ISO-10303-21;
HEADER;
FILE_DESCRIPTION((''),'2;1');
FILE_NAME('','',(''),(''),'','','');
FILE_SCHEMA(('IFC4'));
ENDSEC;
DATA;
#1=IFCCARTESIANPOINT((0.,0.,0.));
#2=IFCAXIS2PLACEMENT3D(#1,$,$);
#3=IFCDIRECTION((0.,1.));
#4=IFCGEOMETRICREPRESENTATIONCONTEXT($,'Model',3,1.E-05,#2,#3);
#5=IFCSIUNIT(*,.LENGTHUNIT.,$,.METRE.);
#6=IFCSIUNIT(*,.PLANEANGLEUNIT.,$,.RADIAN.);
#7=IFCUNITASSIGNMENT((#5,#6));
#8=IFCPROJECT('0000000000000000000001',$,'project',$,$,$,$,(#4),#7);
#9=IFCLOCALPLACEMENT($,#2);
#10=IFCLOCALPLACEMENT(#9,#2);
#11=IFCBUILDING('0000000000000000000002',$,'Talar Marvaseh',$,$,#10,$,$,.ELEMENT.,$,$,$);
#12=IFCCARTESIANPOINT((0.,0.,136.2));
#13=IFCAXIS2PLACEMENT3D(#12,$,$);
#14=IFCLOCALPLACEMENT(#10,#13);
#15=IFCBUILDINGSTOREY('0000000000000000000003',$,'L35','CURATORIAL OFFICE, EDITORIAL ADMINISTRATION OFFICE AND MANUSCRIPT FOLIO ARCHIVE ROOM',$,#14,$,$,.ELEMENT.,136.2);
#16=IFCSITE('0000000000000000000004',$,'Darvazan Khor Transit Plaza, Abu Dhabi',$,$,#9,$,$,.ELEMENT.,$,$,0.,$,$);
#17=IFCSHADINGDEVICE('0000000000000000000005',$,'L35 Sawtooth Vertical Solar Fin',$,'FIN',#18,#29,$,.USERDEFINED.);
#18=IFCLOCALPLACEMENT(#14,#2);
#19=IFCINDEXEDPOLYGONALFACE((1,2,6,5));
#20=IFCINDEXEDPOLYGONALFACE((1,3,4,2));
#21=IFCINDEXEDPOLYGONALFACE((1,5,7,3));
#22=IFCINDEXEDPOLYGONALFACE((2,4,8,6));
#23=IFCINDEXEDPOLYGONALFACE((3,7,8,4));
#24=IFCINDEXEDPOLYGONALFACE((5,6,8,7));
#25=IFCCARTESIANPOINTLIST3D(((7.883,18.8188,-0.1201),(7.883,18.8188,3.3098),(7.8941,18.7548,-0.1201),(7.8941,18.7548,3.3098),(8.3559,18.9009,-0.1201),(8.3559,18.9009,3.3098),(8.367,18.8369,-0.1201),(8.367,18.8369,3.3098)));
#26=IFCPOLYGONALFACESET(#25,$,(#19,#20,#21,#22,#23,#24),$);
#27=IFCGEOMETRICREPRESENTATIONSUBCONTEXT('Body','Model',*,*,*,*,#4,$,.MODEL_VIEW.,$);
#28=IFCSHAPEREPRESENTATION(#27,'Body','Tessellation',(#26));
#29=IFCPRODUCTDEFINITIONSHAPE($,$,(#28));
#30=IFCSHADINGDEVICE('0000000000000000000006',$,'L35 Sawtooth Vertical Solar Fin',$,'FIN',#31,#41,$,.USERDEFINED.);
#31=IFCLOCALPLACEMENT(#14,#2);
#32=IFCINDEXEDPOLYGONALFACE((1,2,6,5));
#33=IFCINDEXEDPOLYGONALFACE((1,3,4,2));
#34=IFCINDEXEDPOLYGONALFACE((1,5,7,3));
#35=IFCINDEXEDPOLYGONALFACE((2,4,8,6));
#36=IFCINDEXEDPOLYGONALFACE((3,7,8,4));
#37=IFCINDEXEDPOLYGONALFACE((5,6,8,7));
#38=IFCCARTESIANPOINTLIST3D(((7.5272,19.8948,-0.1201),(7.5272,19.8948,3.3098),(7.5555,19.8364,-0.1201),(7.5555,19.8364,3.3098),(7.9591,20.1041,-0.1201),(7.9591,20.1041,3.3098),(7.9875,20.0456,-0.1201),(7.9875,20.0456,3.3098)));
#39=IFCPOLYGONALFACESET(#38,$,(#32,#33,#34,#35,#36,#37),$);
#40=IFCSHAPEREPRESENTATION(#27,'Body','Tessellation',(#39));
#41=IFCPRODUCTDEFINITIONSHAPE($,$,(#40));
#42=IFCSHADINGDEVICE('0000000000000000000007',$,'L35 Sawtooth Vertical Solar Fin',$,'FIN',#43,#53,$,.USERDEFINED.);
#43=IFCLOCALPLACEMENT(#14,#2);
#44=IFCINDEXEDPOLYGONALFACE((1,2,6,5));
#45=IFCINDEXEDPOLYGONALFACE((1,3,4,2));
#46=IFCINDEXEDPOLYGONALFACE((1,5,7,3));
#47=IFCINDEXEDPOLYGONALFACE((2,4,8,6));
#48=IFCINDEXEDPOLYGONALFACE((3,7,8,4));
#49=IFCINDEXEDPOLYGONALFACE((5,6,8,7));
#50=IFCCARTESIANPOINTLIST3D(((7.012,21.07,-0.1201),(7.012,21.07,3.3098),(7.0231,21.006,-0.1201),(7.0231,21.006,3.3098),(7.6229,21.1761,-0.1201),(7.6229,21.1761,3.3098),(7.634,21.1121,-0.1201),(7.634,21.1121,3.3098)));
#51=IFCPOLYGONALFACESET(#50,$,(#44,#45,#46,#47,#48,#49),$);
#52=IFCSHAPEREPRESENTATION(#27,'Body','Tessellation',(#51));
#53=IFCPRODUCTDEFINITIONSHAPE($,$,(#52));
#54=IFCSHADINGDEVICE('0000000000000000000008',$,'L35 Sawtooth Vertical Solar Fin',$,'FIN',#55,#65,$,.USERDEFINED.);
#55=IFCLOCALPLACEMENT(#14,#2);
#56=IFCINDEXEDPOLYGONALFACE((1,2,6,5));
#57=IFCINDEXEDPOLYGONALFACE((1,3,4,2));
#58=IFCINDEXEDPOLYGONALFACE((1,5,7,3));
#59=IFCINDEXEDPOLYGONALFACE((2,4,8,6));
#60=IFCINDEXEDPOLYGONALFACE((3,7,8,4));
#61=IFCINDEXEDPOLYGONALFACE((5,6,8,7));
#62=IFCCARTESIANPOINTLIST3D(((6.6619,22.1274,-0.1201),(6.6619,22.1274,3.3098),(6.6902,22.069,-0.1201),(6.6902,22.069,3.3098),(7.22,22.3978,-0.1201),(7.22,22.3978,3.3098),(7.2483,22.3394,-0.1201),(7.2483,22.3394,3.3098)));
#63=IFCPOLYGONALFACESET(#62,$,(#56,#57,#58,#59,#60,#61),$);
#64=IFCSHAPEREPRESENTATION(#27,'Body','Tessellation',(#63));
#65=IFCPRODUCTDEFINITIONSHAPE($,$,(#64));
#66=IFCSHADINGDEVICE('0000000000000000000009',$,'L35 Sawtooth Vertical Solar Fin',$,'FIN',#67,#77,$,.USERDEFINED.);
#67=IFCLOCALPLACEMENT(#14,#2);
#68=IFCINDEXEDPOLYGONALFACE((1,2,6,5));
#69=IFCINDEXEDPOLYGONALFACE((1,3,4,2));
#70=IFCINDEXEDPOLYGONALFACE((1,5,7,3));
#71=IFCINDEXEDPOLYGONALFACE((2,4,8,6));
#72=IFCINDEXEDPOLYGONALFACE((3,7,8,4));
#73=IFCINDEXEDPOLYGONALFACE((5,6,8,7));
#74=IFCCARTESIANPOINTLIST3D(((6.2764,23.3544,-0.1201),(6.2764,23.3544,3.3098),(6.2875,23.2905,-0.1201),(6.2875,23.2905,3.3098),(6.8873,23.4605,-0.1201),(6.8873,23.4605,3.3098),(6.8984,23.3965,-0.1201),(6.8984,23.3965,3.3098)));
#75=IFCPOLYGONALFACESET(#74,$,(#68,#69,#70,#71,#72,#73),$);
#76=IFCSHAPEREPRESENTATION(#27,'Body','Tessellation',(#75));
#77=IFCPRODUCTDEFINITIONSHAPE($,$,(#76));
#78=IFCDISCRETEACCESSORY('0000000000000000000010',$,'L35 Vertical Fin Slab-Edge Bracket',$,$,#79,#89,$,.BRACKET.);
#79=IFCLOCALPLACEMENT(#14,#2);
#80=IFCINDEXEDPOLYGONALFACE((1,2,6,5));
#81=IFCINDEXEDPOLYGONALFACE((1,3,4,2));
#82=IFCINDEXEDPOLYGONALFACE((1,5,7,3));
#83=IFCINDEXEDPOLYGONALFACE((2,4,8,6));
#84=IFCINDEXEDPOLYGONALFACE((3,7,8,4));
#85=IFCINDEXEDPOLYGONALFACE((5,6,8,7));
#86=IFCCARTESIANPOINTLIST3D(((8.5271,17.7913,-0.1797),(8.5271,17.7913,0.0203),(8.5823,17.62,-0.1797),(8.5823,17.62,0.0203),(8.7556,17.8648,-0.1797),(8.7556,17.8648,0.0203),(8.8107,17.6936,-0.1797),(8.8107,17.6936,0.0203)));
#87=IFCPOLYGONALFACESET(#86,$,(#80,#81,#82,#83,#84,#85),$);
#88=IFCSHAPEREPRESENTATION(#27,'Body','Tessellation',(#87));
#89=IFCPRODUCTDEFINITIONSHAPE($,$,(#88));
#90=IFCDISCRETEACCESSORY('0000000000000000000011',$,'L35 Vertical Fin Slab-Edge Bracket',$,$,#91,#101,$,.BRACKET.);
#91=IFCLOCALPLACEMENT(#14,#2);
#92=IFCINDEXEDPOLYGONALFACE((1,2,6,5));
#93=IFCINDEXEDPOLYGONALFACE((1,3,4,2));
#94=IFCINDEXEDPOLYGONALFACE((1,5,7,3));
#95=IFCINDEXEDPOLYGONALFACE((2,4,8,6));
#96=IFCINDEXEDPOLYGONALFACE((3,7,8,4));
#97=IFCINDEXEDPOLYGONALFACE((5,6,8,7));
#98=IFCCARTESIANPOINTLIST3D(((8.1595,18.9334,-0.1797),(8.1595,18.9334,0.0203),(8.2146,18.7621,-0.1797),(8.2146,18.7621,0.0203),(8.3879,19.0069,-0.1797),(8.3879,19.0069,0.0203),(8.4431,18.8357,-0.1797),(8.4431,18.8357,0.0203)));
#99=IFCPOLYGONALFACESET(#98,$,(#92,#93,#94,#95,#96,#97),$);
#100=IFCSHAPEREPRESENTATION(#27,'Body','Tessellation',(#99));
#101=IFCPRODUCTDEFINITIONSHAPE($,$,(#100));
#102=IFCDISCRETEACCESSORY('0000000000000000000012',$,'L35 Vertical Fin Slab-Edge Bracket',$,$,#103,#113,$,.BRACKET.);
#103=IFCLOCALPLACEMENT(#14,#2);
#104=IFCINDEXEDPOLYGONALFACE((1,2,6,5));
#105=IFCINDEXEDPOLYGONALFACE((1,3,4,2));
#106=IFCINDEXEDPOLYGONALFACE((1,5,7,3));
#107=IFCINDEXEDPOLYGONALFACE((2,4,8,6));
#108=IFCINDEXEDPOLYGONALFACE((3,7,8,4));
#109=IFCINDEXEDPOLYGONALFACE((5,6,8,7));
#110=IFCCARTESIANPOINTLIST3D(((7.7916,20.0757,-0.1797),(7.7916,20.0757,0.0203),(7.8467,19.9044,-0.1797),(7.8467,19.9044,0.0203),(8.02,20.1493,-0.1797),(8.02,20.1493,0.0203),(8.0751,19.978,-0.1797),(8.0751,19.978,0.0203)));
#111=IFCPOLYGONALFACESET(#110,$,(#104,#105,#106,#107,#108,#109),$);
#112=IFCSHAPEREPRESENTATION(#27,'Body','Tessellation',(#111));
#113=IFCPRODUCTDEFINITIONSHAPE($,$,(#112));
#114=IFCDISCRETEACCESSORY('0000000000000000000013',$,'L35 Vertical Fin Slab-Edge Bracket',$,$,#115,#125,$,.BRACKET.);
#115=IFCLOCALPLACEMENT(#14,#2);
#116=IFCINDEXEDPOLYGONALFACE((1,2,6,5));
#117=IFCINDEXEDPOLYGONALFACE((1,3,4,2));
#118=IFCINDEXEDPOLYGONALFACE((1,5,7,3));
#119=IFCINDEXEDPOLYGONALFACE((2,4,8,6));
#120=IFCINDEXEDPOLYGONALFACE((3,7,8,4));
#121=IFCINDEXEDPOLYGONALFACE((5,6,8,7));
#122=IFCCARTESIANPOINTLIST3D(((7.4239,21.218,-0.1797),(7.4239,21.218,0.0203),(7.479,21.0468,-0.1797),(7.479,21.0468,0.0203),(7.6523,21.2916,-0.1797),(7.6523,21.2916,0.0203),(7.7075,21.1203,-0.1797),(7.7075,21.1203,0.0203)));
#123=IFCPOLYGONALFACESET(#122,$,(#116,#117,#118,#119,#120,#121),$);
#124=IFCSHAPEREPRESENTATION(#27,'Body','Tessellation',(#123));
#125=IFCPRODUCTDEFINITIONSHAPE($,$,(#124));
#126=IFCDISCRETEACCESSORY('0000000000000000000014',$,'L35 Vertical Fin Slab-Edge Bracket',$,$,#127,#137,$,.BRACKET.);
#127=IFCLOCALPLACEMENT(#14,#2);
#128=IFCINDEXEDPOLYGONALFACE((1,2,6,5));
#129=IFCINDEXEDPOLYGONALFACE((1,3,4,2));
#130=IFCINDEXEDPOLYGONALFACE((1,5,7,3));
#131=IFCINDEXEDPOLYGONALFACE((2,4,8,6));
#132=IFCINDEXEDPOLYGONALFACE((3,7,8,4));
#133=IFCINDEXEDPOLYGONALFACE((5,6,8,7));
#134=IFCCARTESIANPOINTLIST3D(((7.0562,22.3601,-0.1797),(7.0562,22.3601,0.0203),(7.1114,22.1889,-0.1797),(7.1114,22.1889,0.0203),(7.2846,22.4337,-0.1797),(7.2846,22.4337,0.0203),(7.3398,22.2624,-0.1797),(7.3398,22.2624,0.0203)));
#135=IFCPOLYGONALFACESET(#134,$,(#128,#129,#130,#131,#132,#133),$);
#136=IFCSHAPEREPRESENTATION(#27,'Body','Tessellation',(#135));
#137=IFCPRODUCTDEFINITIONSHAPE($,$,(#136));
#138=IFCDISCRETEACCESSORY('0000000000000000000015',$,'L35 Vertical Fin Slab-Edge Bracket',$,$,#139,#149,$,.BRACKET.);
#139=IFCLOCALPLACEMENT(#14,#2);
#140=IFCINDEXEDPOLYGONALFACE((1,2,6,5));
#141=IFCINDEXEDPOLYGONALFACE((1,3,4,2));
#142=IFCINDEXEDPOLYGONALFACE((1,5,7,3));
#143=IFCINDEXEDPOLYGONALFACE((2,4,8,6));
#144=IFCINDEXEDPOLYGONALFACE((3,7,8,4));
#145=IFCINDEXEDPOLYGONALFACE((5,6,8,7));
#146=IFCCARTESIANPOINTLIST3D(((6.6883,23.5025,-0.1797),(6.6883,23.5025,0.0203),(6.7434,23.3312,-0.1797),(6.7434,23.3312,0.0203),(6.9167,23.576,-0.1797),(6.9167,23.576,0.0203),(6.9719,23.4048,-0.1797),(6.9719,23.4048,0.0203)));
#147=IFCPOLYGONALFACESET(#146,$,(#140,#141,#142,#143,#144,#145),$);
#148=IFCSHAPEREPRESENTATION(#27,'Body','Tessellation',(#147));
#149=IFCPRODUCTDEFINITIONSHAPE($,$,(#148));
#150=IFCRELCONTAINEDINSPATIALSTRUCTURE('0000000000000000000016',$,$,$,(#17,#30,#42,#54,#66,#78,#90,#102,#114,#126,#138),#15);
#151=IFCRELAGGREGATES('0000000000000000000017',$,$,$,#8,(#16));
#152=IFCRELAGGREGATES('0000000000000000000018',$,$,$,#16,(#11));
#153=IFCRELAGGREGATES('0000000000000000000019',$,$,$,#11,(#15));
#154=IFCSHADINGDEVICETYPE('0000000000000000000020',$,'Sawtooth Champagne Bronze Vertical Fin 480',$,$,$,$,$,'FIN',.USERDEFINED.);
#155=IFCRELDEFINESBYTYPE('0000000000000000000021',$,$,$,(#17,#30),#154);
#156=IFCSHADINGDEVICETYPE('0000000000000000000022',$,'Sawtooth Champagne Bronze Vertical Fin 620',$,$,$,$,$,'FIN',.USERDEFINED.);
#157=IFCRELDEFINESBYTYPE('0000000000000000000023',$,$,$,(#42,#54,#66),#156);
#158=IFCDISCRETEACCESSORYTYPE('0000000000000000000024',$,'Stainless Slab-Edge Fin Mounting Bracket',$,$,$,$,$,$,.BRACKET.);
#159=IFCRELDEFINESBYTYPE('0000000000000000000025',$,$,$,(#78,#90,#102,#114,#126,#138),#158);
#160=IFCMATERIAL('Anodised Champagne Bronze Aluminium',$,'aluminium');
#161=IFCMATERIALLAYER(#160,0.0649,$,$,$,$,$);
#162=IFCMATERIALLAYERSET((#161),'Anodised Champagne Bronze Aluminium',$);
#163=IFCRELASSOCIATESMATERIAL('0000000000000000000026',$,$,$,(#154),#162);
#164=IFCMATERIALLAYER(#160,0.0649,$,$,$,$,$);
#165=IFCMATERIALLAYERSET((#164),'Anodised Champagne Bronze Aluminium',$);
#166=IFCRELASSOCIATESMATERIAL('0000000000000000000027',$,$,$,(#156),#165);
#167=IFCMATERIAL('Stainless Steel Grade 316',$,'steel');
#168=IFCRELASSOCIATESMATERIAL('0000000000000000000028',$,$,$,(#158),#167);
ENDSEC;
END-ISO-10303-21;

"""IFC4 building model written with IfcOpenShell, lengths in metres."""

from ifc_helpers import new_model, si_unit, direction, frame, origin, origin_2d, place, context, subcontext, project, spatial, rectangle, extrude, source, transform, mapped, material, layer, layer_set, type_object, type_shapes, element, save


model = new_model("IFC4")

# Units and contexts
model_context = context("Model", 3, precision=1e-05, world=origin(), true_north=direction((0.0, 1.0)))
body_context = subcontext(model_context, "Body", "Model", "MODEL_VIEW")
ifc_project = project(units=[si_unit("LENGTHUNIT", "METRE"), si_unit("PLANEANGLEUNIT", "RADIAN")], contexts=[model_context])

# Site, building, storey
site_placement = place(None, origin())
site = spatial("IfcSite", under=ifc_project, at=site_placement, Name="Darvazan Khor Transit Plaza, Abu Dhabi", CompositionType="ELEMENT", RefElevation=0.0)
building_placement = place(site_placement, origin())
building = spatial("IfcBuilding", under=site, at=building_placement, Name="Talar Marvaseh", CompositionType="ELEMENT")
storey_placement = place(building_placement, frame((0.0, 0.0, 136.2)))
storey = spatial("IfcBuildingStorey", under=building, at=storey_placement, Name="L35", Description="CURATORIAL OFFICE, EDITORIAL ADMINISTRATION OFFICE AND MANUSCRIPT FOLIO ARCHIVE ROOM", CompositionType="ELEMENT", Elevation=136.2)

# Shading devices
ifc_material_1 = material(Name="Anodised Champagne Bronze Aluminium", Category="aluminium")
ifc_layer_1 = layer(ifc_material_1, 0.0649)
ifc_layer_set_1 = layer_set([ifc_layer_1], Name="Anodised Champagne Bronze Aluminium")
shading_device_type_1 = type_object("IfcShadingDeviceType", Name="Sawtooth Champagne Bronze Vertical Fin 480", ElementType="FIN", PredefinedType="USERDEFINED", material=ifc_layer_set_1)
shared_shape_1 = source(origin(), body_context, "Body", "SweptSolid", [
    extrude(rectangle(XDim=0.48, YDim=0.0649, at=origin_2d()), origin(), (0.0, 0.0, 1.0), 3.4299),
])
type_shapes(shading_device_type_1, [shared_shape_1])
for number, where, z_axis, x_axis, name in (
    (1, (8.125, 18.8279, -0.1201), (0.0, 0.0, 1.0), (-0.985259, -0.171069, 0.0), "L35 Sawtooth Vertical Solar Fin"),
    (2, (7.7573, 19.9702, -0.1201), (0.0, 0.0, 1.0), (-0.899939, -0.436017, 0.0), "L35 Sawtooth Vertical Solar Fin"),
):
    element("IfcShadingDevice", number, at=place(storey_placement, frame(where, z_axis=z_axis, x_axis=x_axis)), inside=storey, type_object=shading_device_type_1, Name=name, ObjectType="FIN", PredefinedType="USERDEFINED", context=body_context, shape_type="MappedRepresentation", body=[
        mapped(shared_shape_1, transform((0.0, 0.0, 0.0), x_axis=(1.0, 0.0, 0.0), y_axis=(0.0, 1.0, 0.0), z_axis=(0.0, 0.0, 1.0), scale=1.0)),
    ])
ifc_layer_2 = layer(ifc_material_1, 0.0649)
ifc_layer_set_2 = layer_set([ifc_layer_2], Name="Anodised Champagne Bronze Aluminium")
shading_device_type_2 = type_object("IfcShadingDeviceType", Name="Sawtooth Champagne Bronze Vertical Fin 620", ElementType="FIN", PredefinedType="USERDEFINED", material=ifc_layer_set_2)
shared_shape_2 = source(origin(), body_context, "Body", "SweptSolid", [
    extrude(rectangle(XDim=0.6201, YDim=0.0649, at=origin_2d()), origin(), (0.0, 0.0, 1.0), 3.4299),
])
type_shapes(shading_device_type_2, [shared_shape_2])
for number, where, z_axis, x_axis, name in (
    (3, (7.323, 21.0911, -0.1201), (0.0, 0.0, 1.0), (-0.985259, -0.171069, 0.0), "L35 Sawtooth Vertical Solar Fin"),
    (4, (6.9551, 22.2334, -0.1201), (0.0, 0.0, 1.0), (-0.899939, -0.436017, 0.0), "L35 Sawtooth Vertical Solar Fin"),
    (5, (6.5874, 23.3755, -0.1201), (0.0, 0.0, 1.0), (-0.985259, -0.171069, 0.0), "L35 Sawtooth Vertical Solar Fin"),
):
    element("IfcShadingDevice", number, at=place(storey_placement, frame(where, z_axis=z_axis, x_axis=x_axis)), inside=storey, type_object=shading_device_type_2, Name=name, ObjectType="FIN", PredefinedType="USERDEFINED", context=body_context, shape_type="MappedRepresentation", body=[
        mapped(shared_shape_2, transform((0.0, 0.0, 0.0), x_axis=(1.0, 0.0, 0.0), y_axis=(0.0, 1.0, 0.0), z_axis=(0.0, 0.0, 1.0), scale=1.0)),
    ])

# Discrete accessories
ifc_material_2 = material(Name="Stainless Steel Grade 316", Category="steel")
discrete_accessory_type = type_object("IfcDiscreteAccessoryType", Name="Stainless Slab-Edge Fin Mounting Bracket", PredefinedType="BRACKET", material=ifc_material_2)
shared_shape_3 = source(origin(), body_context, "Body", "SweptSolid", [
    extrude(rectangle(XDim=0.24, YDim=0.1799, at=origin_2d()), origin(), (0.0, 0.0, 1.0), 0.2),
])
type_shapes(discrete_accessory_type, [shared_shape_3])
for number, where, z_axis, x_axis, name in (
    (6, (8.6689, 17.7424, -0.1797), (0.0, 0.0, 1.0), (-0.951862, -0.306526, 0.0), "L35 Vertical Fin Slab-Edge Bracket"),
    (7, (8.3013, 18.8845, -0.1797), (0.0, 0.0, 1.0), (-0.951862, -0.306526, 0.0), "L35 Vertical Fin Slab-Edge Bracket"),
    (8, (7.9333, 20.0269, -0.1797), (0.0, 0.0, 1.0), (-0.951862, -0.306526, 0.0), "L35 Vertical Fin Slab-Edge Bracket"),
    (9, (7.5657, 21.1692, -0.1797), (0.0, 0.0, 1.0), (-0.951862, -0.306526, 0.0), "L35 Vertical Fin Slab-Edge Bracket"),
    (10, (7.198, 22.3113, -0.1797), (0.0, 0.0, 1.0), (-0.951862, -0.306526, 0.0), "L35 Vertical Fin Slab-Edge Bracket"),
    (11, (6.8301, 23.4536, -0.1797), (0.0, 0.0, 1.0), (-0.951862, -0.306526, 0.0), "L35 Vertical Fin Slab-Edge Bracket"),
):
    element("IfcDiscreteAccessory", number, at=place(storey_placement, frame(where, z_axis=z_axis, x_axis=x_axis)), inside=storey, type_object=discrete_accessory_type, Name=name, PredefinedType="BRACKET", context=body_context, shape_type="MappedRepresentation", body=[
        mapped(shared_shape_3, transform((0.0, 0.0, 0.0), x_axis=(1.0, 0.0, 0.0), y_axis=(0.0, 1.0, 0.0), z_axis=(0.0, 0.0, 1.0), scale=1.0)),
    ])

save(model, "model.ifc")
